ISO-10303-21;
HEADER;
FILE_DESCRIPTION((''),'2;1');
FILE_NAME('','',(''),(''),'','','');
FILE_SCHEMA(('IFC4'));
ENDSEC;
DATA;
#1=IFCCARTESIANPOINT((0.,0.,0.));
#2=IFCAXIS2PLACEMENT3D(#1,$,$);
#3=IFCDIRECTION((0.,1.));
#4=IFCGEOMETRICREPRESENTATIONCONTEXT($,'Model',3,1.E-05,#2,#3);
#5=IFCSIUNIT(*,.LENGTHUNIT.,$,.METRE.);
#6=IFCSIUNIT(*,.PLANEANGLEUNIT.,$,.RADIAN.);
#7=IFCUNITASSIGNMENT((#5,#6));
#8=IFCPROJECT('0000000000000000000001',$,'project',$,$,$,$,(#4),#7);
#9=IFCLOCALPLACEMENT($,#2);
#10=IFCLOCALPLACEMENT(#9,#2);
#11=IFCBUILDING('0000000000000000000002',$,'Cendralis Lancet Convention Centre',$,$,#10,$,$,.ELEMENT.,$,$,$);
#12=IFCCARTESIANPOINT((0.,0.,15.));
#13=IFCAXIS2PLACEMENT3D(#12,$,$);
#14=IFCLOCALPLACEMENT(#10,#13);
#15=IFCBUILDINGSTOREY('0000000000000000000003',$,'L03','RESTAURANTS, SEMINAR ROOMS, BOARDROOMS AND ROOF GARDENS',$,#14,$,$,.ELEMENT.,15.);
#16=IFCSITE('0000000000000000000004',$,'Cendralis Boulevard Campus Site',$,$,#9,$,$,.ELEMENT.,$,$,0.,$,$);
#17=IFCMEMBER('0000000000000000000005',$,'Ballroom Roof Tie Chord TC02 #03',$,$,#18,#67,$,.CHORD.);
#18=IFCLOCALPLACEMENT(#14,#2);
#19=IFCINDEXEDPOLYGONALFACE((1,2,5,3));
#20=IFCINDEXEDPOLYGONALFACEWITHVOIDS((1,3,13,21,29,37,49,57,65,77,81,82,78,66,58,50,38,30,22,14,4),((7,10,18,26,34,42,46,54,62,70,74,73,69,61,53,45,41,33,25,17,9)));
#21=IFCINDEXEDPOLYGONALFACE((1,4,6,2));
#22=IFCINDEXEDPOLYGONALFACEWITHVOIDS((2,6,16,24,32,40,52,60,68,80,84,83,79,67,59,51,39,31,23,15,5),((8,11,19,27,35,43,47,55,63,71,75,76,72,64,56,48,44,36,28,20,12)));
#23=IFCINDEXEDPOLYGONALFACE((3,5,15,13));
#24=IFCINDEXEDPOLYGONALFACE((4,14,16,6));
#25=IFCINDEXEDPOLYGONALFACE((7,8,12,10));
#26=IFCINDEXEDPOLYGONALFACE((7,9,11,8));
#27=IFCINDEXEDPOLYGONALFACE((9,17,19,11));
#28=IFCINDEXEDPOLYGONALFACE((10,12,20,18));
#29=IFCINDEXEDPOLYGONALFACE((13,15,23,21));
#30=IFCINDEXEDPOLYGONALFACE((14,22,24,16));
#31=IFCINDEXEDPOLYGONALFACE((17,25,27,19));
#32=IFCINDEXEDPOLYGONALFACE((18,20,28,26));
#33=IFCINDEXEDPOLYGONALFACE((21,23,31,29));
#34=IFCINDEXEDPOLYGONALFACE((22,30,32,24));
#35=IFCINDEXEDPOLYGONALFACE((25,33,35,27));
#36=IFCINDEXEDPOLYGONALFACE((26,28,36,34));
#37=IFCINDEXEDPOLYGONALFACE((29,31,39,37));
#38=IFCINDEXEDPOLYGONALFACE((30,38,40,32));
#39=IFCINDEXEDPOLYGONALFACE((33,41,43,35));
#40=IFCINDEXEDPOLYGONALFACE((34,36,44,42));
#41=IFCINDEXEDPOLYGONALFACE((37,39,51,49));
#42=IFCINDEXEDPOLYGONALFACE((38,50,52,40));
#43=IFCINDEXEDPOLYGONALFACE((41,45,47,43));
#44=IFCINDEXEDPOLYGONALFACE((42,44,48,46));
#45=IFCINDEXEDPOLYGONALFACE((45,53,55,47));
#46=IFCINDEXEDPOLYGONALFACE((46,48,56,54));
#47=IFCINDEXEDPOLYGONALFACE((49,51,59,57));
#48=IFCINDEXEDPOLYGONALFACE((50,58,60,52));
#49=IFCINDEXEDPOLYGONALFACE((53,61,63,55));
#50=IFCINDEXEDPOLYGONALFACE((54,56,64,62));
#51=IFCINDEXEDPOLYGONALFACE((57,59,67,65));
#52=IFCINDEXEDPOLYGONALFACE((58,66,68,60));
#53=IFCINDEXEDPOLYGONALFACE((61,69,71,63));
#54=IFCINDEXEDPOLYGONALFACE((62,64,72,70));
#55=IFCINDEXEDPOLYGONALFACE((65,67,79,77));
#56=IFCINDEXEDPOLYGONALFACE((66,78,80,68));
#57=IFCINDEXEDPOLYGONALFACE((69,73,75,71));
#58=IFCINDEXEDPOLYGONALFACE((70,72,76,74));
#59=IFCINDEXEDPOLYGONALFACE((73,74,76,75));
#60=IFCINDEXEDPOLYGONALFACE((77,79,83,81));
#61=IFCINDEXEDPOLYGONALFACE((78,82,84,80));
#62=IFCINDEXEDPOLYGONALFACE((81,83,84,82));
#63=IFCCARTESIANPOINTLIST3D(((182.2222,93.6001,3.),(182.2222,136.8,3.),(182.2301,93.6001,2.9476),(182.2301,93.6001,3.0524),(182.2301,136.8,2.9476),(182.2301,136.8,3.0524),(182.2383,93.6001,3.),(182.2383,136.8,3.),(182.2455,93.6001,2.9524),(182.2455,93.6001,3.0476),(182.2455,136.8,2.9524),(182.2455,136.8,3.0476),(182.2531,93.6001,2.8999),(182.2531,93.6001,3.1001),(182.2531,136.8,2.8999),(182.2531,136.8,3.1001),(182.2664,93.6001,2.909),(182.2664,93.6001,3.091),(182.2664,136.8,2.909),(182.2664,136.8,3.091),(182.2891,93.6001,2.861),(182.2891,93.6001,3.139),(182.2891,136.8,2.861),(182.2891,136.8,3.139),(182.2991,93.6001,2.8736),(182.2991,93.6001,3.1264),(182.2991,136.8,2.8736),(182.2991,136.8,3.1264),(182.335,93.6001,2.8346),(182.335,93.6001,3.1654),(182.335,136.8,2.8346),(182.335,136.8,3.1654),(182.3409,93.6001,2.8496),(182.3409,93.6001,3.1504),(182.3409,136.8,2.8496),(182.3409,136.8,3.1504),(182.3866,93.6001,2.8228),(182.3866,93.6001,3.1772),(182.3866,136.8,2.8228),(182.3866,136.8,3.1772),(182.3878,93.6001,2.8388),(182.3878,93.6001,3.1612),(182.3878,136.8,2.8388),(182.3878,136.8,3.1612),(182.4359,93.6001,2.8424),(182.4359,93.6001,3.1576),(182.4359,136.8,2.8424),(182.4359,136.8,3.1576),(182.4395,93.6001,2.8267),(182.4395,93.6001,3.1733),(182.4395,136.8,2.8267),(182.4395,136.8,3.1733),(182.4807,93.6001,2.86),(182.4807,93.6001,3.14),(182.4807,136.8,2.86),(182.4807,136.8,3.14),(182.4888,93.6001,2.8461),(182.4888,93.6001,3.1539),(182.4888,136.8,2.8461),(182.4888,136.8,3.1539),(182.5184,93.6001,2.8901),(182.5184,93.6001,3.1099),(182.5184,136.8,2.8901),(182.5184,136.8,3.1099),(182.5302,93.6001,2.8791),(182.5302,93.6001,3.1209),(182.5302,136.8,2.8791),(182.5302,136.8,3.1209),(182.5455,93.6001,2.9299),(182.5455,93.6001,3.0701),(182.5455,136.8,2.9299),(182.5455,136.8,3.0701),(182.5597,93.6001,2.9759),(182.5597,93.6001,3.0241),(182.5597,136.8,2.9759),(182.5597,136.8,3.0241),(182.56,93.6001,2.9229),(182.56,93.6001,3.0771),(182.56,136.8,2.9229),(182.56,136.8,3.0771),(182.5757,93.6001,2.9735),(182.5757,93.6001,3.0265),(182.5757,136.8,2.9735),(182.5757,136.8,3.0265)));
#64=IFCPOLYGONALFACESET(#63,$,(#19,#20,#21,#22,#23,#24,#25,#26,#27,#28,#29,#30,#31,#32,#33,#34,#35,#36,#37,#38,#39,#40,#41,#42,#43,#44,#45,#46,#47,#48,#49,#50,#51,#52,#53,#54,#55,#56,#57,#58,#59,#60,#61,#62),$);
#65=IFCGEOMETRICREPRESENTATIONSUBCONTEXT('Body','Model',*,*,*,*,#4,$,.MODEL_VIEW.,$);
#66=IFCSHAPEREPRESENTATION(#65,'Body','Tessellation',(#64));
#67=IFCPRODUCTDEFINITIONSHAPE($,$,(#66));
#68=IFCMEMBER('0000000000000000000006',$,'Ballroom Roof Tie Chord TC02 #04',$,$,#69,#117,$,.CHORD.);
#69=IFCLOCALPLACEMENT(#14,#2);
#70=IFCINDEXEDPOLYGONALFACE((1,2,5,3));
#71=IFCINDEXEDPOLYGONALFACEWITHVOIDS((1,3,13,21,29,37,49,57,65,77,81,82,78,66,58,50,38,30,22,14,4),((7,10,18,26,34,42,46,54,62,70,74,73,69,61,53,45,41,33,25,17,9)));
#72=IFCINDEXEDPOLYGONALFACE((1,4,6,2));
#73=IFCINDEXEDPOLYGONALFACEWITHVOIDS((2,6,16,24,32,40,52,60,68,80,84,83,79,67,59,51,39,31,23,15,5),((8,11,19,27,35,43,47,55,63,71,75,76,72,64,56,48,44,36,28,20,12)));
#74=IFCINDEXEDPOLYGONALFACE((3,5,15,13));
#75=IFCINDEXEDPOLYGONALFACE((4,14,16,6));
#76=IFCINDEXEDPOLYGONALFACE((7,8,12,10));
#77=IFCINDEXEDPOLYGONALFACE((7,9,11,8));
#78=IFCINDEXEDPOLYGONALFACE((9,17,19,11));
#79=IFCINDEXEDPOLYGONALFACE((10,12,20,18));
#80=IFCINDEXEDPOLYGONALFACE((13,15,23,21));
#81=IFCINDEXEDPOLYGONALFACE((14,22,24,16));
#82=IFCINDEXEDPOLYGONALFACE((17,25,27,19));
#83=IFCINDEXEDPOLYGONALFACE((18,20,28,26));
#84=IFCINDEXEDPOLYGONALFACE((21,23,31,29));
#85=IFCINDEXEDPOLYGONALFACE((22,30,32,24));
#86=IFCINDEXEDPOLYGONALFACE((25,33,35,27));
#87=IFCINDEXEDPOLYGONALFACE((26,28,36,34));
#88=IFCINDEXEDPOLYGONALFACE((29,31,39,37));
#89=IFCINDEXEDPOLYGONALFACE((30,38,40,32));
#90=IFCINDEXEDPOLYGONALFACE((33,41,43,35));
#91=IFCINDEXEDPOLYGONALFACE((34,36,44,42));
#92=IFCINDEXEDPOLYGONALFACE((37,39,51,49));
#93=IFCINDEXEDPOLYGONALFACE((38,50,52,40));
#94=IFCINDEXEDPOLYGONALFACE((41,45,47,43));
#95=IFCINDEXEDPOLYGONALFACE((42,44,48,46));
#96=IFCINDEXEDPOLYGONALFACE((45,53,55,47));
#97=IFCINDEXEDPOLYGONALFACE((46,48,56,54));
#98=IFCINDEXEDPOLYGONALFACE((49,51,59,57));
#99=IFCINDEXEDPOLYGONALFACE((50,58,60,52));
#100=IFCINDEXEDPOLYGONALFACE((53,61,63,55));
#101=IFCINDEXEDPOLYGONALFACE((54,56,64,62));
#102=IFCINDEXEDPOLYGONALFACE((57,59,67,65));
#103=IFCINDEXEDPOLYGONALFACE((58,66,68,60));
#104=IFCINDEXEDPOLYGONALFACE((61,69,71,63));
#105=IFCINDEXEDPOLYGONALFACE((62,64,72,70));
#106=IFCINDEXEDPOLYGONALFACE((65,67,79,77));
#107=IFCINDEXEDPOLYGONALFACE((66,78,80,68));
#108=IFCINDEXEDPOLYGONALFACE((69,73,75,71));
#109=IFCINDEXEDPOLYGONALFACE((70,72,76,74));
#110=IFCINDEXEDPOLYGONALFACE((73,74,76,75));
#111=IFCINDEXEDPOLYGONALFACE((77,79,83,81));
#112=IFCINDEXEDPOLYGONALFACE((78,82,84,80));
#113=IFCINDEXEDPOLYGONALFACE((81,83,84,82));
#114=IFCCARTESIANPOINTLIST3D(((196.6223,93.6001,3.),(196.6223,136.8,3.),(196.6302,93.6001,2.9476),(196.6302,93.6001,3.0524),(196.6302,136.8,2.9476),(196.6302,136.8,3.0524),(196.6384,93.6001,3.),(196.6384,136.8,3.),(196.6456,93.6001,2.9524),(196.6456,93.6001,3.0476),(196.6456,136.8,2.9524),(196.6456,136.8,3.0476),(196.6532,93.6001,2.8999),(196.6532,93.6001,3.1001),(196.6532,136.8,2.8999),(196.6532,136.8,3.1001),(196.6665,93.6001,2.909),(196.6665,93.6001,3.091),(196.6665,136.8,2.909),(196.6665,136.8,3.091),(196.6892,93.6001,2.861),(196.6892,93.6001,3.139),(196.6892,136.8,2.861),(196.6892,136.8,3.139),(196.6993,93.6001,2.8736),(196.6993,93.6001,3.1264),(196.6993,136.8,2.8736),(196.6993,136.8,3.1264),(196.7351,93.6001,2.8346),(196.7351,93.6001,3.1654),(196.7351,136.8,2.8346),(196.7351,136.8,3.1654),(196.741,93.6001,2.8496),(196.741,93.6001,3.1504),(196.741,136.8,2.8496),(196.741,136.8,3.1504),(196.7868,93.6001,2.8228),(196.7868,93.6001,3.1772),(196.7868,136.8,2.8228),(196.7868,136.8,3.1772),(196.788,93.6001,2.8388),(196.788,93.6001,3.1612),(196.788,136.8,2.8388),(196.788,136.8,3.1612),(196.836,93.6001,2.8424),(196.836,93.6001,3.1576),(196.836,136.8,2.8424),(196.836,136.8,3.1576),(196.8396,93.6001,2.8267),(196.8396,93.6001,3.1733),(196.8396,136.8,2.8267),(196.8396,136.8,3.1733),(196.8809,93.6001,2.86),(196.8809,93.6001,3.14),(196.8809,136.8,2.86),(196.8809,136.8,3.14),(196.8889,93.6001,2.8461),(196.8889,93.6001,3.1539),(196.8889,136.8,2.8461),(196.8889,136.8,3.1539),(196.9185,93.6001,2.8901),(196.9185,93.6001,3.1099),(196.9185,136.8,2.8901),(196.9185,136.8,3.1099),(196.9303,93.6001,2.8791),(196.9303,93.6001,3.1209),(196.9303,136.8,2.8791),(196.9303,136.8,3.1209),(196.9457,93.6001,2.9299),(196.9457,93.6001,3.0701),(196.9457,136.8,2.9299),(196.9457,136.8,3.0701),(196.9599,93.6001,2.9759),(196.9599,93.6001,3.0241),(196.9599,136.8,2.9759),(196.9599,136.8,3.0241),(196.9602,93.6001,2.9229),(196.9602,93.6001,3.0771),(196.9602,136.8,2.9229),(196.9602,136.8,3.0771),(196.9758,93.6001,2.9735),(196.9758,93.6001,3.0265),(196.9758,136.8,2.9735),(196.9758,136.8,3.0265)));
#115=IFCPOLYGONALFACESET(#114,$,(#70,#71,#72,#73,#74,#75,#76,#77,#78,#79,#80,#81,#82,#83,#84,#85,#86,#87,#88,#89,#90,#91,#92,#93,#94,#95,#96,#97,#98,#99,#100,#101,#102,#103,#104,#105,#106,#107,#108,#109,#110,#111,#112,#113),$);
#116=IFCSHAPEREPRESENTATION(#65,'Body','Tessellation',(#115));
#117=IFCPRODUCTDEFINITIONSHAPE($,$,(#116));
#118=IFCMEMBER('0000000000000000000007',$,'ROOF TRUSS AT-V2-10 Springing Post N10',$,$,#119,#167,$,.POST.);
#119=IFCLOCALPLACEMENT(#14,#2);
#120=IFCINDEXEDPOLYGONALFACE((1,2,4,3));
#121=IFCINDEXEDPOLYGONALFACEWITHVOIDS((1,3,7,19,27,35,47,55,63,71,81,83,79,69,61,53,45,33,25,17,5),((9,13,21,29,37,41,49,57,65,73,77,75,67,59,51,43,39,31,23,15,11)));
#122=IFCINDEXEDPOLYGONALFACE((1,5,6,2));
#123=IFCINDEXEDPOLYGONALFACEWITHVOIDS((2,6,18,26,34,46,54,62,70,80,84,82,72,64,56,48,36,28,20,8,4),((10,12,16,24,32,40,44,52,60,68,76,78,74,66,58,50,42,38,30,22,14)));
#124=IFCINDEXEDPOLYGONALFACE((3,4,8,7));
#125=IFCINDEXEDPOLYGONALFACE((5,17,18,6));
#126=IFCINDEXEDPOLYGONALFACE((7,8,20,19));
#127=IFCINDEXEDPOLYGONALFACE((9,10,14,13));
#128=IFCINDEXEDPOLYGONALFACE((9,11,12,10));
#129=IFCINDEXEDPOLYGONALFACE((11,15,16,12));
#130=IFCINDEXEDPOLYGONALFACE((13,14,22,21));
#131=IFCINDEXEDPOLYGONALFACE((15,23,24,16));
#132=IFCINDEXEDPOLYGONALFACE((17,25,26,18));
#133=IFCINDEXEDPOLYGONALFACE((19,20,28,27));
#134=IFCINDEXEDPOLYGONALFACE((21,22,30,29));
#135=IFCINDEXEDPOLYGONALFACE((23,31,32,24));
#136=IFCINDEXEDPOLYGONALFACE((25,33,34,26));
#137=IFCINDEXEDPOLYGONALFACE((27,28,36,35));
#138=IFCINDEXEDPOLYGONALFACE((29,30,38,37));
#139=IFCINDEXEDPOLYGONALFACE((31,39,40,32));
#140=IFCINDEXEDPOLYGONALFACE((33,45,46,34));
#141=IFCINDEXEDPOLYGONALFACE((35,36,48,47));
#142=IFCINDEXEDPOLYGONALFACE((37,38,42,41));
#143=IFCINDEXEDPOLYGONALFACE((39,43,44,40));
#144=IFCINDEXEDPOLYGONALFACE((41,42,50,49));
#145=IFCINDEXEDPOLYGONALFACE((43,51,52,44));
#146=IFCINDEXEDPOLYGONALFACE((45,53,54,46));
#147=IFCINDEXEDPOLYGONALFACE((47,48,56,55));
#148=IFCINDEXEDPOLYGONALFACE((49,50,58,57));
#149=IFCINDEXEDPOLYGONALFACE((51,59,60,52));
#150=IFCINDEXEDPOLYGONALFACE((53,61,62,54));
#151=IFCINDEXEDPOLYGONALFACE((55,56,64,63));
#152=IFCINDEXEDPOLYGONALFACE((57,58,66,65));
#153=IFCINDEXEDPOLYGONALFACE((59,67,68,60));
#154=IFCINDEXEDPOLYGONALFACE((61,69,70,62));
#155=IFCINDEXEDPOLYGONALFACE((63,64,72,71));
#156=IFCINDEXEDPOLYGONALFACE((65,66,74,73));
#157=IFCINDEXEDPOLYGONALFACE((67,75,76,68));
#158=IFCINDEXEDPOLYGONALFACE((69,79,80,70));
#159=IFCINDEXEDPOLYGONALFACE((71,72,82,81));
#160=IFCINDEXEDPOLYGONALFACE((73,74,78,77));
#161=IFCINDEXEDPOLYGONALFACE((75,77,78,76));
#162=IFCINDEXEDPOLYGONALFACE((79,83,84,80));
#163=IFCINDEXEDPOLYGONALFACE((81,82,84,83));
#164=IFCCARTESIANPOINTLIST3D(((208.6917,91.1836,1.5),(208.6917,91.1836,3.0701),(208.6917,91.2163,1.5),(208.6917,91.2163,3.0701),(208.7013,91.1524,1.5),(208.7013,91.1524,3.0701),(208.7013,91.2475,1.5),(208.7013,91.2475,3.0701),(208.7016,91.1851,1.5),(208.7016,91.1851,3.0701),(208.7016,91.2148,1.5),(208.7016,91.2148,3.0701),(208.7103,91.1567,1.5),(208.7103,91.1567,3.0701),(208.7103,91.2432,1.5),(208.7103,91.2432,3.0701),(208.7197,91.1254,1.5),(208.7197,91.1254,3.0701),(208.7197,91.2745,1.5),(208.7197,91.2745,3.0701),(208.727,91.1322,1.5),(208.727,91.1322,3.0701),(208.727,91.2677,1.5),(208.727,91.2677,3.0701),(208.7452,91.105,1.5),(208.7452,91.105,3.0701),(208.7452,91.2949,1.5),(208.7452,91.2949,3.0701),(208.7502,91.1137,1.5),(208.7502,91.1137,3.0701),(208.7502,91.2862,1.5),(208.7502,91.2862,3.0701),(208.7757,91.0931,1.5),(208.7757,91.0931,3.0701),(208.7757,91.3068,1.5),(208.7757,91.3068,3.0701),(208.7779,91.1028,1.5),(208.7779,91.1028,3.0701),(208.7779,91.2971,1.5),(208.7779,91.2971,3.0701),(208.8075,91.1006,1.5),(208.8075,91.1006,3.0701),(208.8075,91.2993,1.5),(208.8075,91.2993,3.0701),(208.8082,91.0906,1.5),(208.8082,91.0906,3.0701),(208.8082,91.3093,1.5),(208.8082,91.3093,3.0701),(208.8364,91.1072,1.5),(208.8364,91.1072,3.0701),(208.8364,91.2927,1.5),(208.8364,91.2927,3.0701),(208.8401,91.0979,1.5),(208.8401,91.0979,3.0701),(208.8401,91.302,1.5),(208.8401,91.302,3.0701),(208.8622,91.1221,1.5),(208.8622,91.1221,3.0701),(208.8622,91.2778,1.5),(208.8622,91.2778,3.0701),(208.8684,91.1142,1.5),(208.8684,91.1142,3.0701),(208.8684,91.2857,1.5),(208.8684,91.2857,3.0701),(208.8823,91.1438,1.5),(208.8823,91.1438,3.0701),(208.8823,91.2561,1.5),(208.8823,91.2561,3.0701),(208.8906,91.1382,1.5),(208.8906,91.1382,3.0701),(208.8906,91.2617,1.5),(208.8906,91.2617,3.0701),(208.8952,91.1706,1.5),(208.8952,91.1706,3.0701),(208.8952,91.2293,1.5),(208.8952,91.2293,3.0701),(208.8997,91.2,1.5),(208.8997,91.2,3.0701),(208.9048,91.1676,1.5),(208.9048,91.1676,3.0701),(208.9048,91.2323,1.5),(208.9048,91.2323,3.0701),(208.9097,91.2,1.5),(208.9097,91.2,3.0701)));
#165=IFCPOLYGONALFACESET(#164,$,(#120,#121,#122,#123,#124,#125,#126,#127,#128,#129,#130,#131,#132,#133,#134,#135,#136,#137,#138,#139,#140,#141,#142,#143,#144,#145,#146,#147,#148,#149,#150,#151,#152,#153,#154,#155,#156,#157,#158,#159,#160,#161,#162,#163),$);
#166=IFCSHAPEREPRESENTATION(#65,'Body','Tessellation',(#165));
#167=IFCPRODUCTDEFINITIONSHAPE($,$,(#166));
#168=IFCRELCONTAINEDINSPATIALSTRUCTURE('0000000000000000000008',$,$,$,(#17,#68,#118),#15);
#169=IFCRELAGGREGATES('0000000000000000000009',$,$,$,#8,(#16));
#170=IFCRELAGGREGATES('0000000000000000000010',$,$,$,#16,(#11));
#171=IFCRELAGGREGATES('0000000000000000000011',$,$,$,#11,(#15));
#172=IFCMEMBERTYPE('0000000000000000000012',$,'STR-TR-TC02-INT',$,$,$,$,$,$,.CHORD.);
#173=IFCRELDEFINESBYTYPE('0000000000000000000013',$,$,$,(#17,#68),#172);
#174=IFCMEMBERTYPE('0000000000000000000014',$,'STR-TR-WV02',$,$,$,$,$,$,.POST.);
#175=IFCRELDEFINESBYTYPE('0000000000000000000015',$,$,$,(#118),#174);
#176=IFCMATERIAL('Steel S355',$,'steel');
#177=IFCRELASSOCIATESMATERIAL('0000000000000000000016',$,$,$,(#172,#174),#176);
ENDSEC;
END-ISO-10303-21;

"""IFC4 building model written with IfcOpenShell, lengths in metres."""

from ifc_helpers import new_model, si_unit, direction, frame, origin, origin_2d, place, context, subcontext, project, spatial, hollow_circle, extrude, material, material_profile, profile_set, type_object, element, save


model = new_model("IFC4")

# Units and contexts
model_context = context("Model", 3, precision=1e-05, world=origin(), true_north=direction((0.0, 1.0)))
body_context = subcontext(model_context, "Body", "Model", "MODEL_VIEW")
ifc_project = project(units=[si_unit("LENGTHUNIT", "METRE"), si_unit("PLANEANGLEUNIT", "RADIAN")], contexts=[model_context])

# Site, building, storey
site_placement = place(None, origin())
site = spatial("IfcSite", under=ifc_project, at=site_placement, Name="Cendralis Boulevard Campus Site", CompositionType="ELEMENT", RefElevation=0.0)
building_placement = place(site_placement, origin())
building = spatial("IfcBuilding", under=site, at=building_placement, Name="Cendralis Lancet Convention Centre", CompositionType="ELEMENT")
storey_placement = place(building_placement, frame((0.0, 0.0, 15.0)))
storey = spatial("IfcBuildingStorey", under=building, at=storey_placement, Name="L03", Description="RESTAURANTS, SEMINAR ROOMS, BOARDROOMS AND ROOF GARDENS", CompositionType="ELEMENT", Elevation=15.0)

# Shared definitions
ifc_material_1 = material(Name="Steel S355", Category="steel")

# Members
ifc_material_profile_1 = material_profile(ifc_material_1, hollow_circle(Radius=0.1777, WallThickness=0.0161, at=origin_2d()), Name="CHS 355.6x16.0")
ifc_profile_set_1 = profile_set([ifc_material_profile_1], Name="Steel S355")
member_type_1 = type_object("IfcMemberType", Name="STR-TR-TC02-INT", PredefinedType="CHORD", material=ifc_profile_set_1)
for number, where, z_axis, x_axis, name in (
    (1, (182.3999, 93.6001, 3.0), (0.0, 1.0, 0.0), (-1.0, 0.0, 0.0), "Ballroom Roof Tie Chord TC02 #03"),
    (2, (196.8, 93.6001, 3.0), (0.0, 1.0, 0.0), (-1.0, 0.0, 0.0), "Ballroom Roof Tie Chord TC02 #04"),
):
    element("IfcMember", number, at=place(storey_placement, frame(where, z_axis=z_axis, x_axis=x_axis)), inside=storey, type_object=member_type_1, Name=name, PredefinedType="CHORD", context=body_context, shape_type="SweptSolid", body=[
        extrude(hollow_circle(Radius=0.1777, WallThickness=0.0161, at=origin_2d()), origin(), (0.0, 0.0, 1.0), 43.2),
    ])
ifc_material_profile_2 = material_profile(ifc_material_1, hollow_circle(Radius=0.1096, WallThickness=0.01, at=origin_2d()), Name="CHS 219.1x10.0")
ifc_profile_set_2 = profile_set([ifc_material_profile_2], Name="Steel S355")
member_type_2 = type_object("IfcMemberType", Name="STR-TR-WV02", PredefinedType="POST", material=ifc_profile_set_2)
member_1_placement = place(storey_placement, frame((208.8, 91.2, 1.5), z_axis=(0.0, 0.0, 1.0), x_axis=(1.0, 0.0, 0.0)))
element("IfcMember", 3, at=member_1_placement, inside=storey, type_object=member_type_2, Name="ROOF TRUSS AT-V2-10 Springing Post N10", PredefinedType="POST", context=body_context, shape_type="SweptSolid", body=[
    extrude(hollow_circle(Radius=0.1096, WallThickness=0.01, at=origin_2d()), origin(), (0.0, 0.0, 1.0), 1.5701),
])

save(model, "model.ifc")
